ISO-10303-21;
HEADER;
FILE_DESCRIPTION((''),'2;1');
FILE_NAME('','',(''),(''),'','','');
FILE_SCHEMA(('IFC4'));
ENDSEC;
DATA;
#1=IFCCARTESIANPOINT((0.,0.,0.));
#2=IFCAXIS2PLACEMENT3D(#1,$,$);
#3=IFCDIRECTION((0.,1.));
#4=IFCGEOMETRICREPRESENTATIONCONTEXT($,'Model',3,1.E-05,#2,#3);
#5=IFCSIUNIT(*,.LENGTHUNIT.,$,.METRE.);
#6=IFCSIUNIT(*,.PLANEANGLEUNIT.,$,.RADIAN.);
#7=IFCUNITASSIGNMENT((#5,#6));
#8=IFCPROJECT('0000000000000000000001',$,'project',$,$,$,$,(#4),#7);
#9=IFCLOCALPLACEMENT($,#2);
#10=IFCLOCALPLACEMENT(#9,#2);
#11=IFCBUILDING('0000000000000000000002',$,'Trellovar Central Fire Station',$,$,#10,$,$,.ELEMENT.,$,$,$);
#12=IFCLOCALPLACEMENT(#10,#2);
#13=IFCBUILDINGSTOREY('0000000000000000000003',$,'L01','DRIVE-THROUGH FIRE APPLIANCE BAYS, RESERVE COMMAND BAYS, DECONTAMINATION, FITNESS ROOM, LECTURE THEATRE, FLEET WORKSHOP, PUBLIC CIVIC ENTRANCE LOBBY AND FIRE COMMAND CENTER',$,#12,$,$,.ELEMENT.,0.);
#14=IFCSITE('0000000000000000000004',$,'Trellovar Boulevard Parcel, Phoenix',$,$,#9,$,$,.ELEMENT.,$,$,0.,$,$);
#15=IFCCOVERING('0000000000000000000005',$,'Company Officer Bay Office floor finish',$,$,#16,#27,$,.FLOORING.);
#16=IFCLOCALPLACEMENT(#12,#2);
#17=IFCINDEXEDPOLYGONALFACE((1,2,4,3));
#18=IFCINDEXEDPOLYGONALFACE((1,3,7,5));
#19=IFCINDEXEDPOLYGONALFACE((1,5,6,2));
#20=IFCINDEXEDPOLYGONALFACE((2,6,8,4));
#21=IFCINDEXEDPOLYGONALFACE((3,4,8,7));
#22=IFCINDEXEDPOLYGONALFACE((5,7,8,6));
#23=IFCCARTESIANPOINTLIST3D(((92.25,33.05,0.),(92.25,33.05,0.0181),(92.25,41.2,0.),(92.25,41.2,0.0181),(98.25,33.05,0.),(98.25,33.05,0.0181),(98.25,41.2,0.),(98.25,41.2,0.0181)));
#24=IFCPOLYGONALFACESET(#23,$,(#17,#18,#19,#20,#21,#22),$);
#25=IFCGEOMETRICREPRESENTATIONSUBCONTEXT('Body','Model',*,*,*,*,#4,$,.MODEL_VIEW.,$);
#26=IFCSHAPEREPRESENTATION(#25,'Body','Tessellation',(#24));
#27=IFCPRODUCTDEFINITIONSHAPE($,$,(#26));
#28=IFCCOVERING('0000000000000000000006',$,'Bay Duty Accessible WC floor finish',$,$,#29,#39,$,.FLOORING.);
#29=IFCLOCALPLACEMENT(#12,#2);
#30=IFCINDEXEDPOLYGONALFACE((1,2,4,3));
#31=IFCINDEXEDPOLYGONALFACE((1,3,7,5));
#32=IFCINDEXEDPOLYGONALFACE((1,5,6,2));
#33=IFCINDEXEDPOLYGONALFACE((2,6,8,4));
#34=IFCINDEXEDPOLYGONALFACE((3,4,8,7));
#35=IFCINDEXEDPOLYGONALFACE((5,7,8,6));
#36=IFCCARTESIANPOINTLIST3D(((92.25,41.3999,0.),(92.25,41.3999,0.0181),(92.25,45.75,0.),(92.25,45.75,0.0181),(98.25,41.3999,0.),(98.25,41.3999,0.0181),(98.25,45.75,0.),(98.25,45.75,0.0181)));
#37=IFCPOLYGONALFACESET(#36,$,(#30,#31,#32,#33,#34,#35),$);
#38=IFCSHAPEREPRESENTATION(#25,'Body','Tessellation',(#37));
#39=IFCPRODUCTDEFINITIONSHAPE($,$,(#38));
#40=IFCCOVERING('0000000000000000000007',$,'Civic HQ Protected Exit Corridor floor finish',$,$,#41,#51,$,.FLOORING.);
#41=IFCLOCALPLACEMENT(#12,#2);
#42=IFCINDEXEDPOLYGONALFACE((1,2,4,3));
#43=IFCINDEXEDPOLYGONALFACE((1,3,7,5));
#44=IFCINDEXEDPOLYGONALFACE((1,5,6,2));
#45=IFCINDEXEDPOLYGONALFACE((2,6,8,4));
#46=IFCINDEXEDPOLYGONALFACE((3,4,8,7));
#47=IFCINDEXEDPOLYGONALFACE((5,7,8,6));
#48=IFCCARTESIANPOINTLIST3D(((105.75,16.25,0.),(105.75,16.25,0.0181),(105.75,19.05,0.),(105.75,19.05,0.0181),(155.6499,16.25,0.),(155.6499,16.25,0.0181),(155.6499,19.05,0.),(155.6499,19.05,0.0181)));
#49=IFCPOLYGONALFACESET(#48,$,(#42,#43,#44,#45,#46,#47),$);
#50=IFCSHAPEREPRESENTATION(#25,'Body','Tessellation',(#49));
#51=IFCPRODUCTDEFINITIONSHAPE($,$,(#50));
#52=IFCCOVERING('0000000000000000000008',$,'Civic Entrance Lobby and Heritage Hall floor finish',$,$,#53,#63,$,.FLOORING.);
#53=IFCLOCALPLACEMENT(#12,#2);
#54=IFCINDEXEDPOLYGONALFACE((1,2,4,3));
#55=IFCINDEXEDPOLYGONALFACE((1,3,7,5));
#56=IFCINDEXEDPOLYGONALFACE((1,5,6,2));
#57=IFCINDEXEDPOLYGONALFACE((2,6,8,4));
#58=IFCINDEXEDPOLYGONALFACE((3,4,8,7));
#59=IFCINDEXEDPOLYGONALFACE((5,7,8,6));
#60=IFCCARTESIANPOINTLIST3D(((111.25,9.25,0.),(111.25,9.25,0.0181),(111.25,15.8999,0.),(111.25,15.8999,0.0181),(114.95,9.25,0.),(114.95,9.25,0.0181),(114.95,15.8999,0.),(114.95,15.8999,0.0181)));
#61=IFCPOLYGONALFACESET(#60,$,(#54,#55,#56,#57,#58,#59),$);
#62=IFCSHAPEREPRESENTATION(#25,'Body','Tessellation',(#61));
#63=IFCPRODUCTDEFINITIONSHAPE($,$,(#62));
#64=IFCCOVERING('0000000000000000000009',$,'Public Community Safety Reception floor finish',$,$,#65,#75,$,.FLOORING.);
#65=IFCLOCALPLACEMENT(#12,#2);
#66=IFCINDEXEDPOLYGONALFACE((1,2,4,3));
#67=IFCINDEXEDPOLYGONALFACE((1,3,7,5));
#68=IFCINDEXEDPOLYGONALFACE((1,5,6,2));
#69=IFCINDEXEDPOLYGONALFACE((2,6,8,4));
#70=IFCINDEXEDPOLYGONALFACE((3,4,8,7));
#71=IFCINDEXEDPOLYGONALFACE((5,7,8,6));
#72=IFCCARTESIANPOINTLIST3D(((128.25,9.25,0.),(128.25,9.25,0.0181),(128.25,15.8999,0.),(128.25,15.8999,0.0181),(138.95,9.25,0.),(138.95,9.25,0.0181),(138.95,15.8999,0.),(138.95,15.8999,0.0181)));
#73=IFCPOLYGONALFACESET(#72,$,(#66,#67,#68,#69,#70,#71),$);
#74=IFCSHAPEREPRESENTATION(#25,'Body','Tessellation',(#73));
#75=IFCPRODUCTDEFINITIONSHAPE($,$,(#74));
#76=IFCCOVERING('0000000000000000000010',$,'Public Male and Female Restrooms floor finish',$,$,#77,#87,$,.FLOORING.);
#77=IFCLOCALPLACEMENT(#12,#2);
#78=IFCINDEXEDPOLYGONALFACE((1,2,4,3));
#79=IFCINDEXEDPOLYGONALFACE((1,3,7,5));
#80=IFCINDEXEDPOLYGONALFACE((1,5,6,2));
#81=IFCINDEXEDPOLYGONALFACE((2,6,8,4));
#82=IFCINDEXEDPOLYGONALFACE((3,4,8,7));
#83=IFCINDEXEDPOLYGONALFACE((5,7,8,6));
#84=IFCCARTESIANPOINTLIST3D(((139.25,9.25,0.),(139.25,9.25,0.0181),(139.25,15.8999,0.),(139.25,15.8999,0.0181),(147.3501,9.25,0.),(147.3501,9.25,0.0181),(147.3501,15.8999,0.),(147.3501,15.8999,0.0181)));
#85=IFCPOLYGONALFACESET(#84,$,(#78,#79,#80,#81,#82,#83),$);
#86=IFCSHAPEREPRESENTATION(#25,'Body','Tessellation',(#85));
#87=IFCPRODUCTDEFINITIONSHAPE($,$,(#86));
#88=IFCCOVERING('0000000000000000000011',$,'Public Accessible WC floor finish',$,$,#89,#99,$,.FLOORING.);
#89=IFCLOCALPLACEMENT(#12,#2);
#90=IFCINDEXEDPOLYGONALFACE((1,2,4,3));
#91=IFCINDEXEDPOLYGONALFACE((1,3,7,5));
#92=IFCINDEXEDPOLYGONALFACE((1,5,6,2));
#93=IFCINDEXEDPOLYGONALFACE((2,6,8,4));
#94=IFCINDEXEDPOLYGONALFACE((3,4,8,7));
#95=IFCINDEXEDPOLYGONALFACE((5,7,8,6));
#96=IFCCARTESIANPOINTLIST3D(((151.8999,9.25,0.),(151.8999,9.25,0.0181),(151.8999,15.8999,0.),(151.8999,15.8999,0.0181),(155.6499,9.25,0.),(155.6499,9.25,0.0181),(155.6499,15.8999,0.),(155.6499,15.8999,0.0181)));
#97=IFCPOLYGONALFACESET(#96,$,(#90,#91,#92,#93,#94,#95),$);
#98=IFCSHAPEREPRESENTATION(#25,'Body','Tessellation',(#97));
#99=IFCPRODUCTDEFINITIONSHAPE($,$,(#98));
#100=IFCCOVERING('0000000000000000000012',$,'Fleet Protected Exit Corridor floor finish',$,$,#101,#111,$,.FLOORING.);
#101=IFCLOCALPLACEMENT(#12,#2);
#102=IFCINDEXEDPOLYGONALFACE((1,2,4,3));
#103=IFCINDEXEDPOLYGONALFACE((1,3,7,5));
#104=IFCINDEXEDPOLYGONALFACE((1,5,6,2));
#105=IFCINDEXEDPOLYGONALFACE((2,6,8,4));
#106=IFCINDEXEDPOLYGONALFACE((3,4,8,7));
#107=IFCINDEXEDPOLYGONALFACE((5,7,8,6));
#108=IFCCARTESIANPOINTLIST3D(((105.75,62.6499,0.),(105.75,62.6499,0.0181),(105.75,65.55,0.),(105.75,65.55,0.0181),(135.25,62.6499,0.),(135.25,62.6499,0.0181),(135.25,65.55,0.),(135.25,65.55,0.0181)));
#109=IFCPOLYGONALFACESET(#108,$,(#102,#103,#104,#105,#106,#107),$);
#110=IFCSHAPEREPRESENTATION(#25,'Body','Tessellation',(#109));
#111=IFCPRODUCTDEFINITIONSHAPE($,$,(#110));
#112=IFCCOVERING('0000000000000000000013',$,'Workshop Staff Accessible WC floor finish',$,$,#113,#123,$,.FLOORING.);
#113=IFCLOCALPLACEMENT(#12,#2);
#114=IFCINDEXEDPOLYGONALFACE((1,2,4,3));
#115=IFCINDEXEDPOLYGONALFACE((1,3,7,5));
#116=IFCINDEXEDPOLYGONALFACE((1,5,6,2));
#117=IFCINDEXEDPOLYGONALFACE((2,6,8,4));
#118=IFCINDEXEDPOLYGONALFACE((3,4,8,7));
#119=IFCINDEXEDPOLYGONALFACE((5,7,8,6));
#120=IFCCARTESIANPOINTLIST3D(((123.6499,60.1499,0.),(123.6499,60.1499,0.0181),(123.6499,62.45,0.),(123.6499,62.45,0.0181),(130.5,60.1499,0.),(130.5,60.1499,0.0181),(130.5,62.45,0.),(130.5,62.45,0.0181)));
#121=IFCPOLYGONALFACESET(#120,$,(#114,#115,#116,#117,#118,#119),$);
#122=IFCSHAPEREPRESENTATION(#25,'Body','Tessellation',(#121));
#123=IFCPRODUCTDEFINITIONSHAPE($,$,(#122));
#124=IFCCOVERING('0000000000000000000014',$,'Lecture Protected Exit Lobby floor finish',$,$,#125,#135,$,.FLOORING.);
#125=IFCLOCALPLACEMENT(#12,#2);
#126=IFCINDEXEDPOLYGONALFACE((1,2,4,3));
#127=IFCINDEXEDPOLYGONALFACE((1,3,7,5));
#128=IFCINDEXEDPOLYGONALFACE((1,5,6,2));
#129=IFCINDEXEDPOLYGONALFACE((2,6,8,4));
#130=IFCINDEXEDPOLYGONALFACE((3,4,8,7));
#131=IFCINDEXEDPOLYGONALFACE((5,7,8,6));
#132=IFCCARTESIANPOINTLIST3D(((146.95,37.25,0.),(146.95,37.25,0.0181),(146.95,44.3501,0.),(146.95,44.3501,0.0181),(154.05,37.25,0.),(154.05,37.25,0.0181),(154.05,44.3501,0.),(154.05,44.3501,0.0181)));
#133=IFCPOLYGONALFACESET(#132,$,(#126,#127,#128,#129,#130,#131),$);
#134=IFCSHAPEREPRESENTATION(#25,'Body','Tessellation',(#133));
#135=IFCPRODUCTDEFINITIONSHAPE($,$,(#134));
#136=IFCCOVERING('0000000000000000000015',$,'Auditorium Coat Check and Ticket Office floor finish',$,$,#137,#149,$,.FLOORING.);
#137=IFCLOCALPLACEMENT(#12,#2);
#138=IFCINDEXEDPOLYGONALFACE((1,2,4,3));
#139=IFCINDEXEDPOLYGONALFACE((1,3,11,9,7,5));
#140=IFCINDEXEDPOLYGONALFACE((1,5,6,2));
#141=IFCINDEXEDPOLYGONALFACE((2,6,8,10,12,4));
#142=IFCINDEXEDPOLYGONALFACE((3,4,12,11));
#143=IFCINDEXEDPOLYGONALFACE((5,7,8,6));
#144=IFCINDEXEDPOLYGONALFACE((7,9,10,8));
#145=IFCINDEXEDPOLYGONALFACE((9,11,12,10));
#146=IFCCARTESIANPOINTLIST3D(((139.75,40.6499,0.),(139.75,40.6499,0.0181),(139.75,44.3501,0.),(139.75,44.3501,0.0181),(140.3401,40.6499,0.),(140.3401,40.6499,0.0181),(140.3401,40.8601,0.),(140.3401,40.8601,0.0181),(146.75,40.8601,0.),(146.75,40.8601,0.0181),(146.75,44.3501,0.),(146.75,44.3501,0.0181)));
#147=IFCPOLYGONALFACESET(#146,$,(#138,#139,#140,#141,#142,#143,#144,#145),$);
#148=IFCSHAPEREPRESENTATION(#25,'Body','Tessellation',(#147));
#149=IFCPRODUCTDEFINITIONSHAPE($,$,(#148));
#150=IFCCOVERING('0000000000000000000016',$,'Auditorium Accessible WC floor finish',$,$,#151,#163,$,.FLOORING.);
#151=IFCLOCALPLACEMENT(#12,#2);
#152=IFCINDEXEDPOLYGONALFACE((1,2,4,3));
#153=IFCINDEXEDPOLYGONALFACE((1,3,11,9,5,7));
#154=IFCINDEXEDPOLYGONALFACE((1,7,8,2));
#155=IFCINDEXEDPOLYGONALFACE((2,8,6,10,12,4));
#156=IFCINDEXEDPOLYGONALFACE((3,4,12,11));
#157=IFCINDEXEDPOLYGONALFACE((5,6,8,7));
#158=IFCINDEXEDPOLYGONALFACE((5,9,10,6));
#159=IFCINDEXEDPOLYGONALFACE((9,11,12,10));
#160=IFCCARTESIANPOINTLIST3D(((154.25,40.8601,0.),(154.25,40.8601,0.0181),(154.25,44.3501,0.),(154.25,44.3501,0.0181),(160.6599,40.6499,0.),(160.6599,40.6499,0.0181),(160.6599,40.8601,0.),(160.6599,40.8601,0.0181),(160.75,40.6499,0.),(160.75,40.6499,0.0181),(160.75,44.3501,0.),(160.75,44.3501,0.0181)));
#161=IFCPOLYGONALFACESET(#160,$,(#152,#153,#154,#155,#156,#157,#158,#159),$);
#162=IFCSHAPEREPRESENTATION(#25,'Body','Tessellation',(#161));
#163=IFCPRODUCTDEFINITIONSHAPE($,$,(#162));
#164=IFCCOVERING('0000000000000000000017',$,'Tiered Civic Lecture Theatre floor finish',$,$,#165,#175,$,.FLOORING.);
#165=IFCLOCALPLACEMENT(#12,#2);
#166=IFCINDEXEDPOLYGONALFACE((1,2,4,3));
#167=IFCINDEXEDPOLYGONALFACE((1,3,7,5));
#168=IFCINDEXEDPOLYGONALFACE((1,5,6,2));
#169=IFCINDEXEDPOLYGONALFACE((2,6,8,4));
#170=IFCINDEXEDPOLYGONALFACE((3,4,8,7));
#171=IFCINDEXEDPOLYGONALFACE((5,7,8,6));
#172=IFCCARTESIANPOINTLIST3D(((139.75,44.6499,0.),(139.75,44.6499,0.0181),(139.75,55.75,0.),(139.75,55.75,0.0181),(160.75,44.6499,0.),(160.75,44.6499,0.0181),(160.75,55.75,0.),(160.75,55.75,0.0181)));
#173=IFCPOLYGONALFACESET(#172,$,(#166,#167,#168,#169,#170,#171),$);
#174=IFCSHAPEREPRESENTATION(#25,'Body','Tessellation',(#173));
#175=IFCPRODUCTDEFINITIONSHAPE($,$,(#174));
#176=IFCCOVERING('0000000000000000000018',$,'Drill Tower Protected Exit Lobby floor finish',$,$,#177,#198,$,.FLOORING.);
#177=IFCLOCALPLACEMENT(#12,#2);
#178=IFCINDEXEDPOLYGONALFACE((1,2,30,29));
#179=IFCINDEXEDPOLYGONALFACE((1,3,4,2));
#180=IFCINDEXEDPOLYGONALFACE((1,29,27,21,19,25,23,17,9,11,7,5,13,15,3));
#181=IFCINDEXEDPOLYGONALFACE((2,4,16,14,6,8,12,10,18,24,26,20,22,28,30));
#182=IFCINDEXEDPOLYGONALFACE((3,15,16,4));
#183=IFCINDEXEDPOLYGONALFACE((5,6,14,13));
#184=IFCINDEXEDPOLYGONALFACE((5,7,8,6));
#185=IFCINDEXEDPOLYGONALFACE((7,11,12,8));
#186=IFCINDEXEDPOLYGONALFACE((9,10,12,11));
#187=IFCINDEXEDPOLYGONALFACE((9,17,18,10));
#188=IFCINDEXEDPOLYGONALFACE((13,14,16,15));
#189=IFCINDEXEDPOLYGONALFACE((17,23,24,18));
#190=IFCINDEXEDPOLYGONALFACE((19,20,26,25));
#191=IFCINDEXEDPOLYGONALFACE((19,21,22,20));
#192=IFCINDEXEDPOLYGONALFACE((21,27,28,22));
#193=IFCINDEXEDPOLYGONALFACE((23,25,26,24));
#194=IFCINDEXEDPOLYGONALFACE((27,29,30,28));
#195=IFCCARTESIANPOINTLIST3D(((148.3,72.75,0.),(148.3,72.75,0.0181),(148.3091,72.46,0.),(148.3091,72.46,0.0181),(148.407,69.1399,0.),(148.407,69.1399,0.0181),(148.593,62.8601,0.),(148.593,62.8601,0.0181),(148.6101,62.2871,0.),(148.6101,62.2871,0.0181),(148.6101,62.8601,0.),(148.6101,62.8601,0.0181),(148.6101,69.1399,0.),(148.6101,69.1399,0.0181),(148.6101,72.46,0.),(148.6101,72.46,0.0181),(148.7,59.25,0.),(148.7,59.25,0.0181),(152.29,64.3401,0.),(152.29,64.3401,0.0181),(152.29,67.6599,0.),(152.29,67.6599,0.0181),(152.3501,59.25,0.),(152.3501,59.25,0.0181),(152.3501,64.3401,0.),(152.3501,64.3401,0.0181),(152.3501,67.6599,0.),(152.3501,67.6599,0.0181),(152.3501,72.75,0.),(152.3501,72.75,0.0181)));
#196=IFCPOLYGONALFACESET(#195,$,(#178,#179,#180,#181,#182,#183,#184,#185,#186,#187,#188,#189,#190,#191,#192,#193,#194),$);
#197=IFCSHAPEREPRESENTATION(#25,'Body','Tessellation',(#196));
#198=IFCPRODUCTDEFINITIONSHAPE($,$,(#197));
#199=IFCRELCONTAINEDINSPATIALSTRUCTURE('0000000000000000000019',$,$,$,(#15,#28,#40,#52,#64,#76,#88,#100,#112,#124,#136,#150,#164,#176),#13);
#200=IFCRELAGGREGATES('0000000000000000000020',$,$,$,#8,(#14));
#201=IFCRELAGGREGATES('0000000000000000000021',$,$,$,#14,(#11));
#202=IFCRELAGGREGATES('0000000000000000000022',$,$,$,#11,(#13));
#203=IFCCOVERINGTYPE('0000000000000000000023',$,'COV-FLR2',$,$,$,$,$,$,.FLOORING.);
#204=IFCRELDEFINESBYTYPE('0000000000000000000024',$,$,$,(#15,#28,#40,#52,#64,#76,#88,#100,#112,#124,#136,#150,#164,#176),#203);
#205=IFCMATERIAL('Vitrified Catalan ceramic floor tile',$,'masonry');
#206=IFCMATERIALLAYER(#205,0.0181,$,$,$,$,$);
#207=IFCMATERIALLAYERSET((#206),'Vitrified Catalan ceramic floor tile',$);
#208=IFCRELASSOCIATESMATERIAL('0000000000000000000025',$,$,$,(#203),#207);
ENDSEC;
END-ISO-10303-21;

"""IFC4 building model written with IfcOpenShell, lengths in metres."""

from ifc_helpers import new_model, si_unit, direction, origin, place, context, subcontext, project, spatial, polyline, outline, extrude, material, layer, layer_set, type_object, element, save


model = new_model("IFC4")

# Units and contexts
model_context = context("Model", 3, precision=1e-05, world=origin(), true_north=direction((0.0, 1.0)))
body_context = subcontext(model_context, "Body", "Model", "MODEL_VIEW")
ifc_project = project(units=[si_unit("LENGTHUNIT", "METRE"), si_unit("PLANEANGLEUNIT", "RADIAN")], contexts=[model_context])

# Site, building, storey
site_placement = place(None, origin())
site = spatial("IfcSite", under=ifc_project, at=site_placement, Name="Trellovar Boulevard Parcel, Phoenix", CompositionType="ELEMENT", RefElevation=0.0)
building_placement = place(site_placement, origin())
building = spatial("IfcBuilding", under=site, at=building_placement, Name="Trellovar Central Fire Station", CompositionType="ELEMENT")
storey_placement = place(building_placement, origin())
storey = spatial("IfcBuildingStorey", under=building, at=storey_placement, Name="L01", Description="DRIVE-THROUGH FIRE APPLIANCE BAYS, RESERVE COMMAND BAYS, DECONTAMINATION, FITNESS ROOM, LECTURE THEATRE, FLEET WORKSHOP, PUBLIC CIVIC ENTRANCE LOBBY AND FIRE COMMAND CENTER", CompositionType="ELEMENT", Elevation=0.0)

# Coverings
ifc_material_1 = material(Name="Vitrified Catalan ceramic floor tile", Category="masonry")
ifc_layer_1 = layer(ifc_material_1, 0.0181)
ifc_layer_set_1 = layer_set([ifc_layer_1], Name="Vitrified Catalan ceramic floor tile")
covering_type_1 = type_object("IfcCoveringType", Name="COV-FLR2", PredefinedType="FLOORING", material=ifc_layer_set_1)
covering_1_placement = place(storey_placement, origin())
element("IfcCovering", 1, at=covering_1_placement, inside=storey, type_object=covering_type_1, Name="Company Officer Bay Office floor finish", PredefinedType="FLOORING", context=body_context, shape_type="SweptSolid", body=[
    extrude(outline(polyline([(98.25, 33.05), (92.25, 33.05), (92.25, 41.2), (98.25, 41.2), (98.25, 33.05)])), origin(), (0.0, 0.0, 1.0), 0.0181),
])
covering_2_placement = place(storey_placement, origin())
element("IfcCovering", 2, at=covering_2_placement, inside=storey, type_object=covering_type_1, Name="Bay Duty Accessible WC floor finish", PredefinedType="FLOORING", context=body_context, shape_type="SweptSolid", body=[
    extrude(outline(polyline([(98.25, 41.3999), (92.25, 41.3999), (92.25, 45.75), (98.25, 45.75), (98.25, 41.3999)])), origin(), (0.0, 0.0, 1.0), 0.0181),
])
covering_3_placement = place(storey_placement, origin())
element("IfcCovering", 3, at=covering_3_placement, inside=storey, type_object=covering_type_1, Name="Civic HQ Protected Exit Corridor floor finish", PredefinedType="FLOORING", context=body_context, shape_type="SweptSolid", body=[
    extrude(outline(polyline([(155.6499, 16.25), (105.75, 16.25), (105.75, 19.05), (155.6499, 19.05), (155.6499, 16.25)])), origin(), (0.0, 0.0, 1.0), 0.0181),
])
covering_4_placement = place(storey_placement, origin())
element("IfcCovering", 4, at=covering_4_placement, inside=storey, type_object=covering_type_1, Name="Civic Entrance Lobby and Heritage Hall floor finish", PredefinedType="FLOORING", context=body_context, shape_type="SweptSolid", body=[
    extrude(outline(polyline([(114.95, 9.25), (111.25, 9.25), (111.25, 15.8999), (114.95, 15.8999), (114.95, 9.25)])), origin(), (0.0, 0.0, 1.0), 0.0181),
])
covering_5_placement = place(storey_placement, origin())
element("IfcCovering", 5, at=covering_5_placement, inside=storey, type_object=covering_type_1, Name="Public Community Safety Reception floor finish", PredefinedType="FLOORING", context=body_context, shape_type="SweptSolid", body=[
    extrude(outline(polyline([(138.95, 9.25), (128.25, 9.25), (128.25, 15.8999), (138.95, 15.8999), (138.95, 9.25)])), origin(), (0.0, 0.0, 1.0), 0.0181),
])
covering_6_placement = place(storey_placement, origin())
element("IfcCovering", 6, at=covering_6_placement, inside=storey, type_object=covering_type_1, Name="Public Male and Female Restrooms floor finish", PredefinedType="FLOORING", context=body_context, shape_type="SweptSolid", body=[
    extrude(outline(polyline([(147.3501, 9.25), (139.25, 9.25), (139.25, 15.8999), (147.3501, 15.8999), (147.3501, 9.25)])), origin(), (0.0, 0.0, 1.0), 0.0181),
])
covering_7_placement = place(storey_placement, origin())
element("IfcCovering", 7, at=covering_7_placement, inside=storey, type_object=covering_type_1, Name="Public Accessible WC floor finish", PredefinedType="FLOORING", context=body_context, shape_type="SweptSolid", body=[
    extrude(outline(polyline([(155.6499, 9.25), (151.8999, 9.25), (151.8999, 15.8999), (155.6499, 15.8999), (155.6499, 9.25)])), origin(), (0.0, 0.0, 1.0), 0.0181),
])
covering_8_placement = place(storey_placement, origin())
element("IfcCovering", 8, at=covering_8_placement, inside=storey, type_object=covering_type_1, Name="Fleet Protected Exit Corridor floor finish", PredefinedType="FLOORING", context=body_context, shape_type="SweptSolid", body=[
    extrude(outline(polyline([(135.25, 62.6499), (105.75, 62.6499), (105.75, 65.55), (135.25, 65.55), (135.25, 62.6499)])), origin(), (0.0, 0.0, 1.0), 0.0181),
])
covering_9_placement = place(storey_placement, origin())
element("IfcCovering", 9, at=covering_9_placement, inside=storey, type_object=covering_type_1, Name="Workshop Staff Accessible WC floor finish", PredefinedType="FLOORING", context=body_context, shape_type="SweptSolid", body=[
    extrude(outline(polyline([(130.5, 60.1499), (123.6499, 60.1499), (123.6499, 62.45), (130.5, 62.45), (130.5, 60.1499)])), origin(), (0.0, 0.0, 1.0), 0.0181),
])
covering_10_placement = place(storey_placement, origin())
element("IfcCovering", 10, at=covering_10_placement, inside=storey, type_object=covering_type_1, Name="Lecture Protected Exit Lobby floor finish", PredefinedType="FLOORING", context=body_context, shape_type="SweptSolid", body=[
    extrude(outline(polyline([(154.05, 37.25), (146.95, 37.25), (146.95, 44.3501), (154.05, 44.3501), (154.05, 37.25)])), origin(), (0.0, 0.0, 1.0), 0.0181),
])
covering_11_placement = place(storey_placement, origin())
element("IfcCovering", 11, at=covering_11_placement, inside=storey, type_object=covering_type_1, Name="Auditorium Coat Check and Ticket Office floor finish", PredefinedType="FLOORING", context=body_context, shape_type="SweptSolid", body=[
    extrude(outline(polyline([(139.75, 44.3501), (146.75, 44.3501), (146.75, 40.8601), (140.3401, 40.8601), (140.3401, 40.6499), (139.75, 40.6499), (139.75, 44.3501)])), origin(), (0.0, 0.0, 1.0), 0.0181),
])
covering_12_placement = place(storey_placement, origin())
element("IfcCovering", 12, at=covering_12_placement, inside=storey, type_object=covering_type_1, Name="Auditorium Accessible WC floor finish", PredefinedType="FLOORING", context=body_context, shape_type="SweptSolid", body=[
    extrude(outline(polyline([(154.25, 44.3501), (160.75, 44.3501), (160.75, 40.6499), (160.6599, 40.6499), (160.6599, 40.8601), (154.25, 40.8601), (154.25, 44.3501)])), origin(), (0.0, 0.0, 1.0), 0.0181),
])
covering_13_placement = place(storey_placement, origin())
element("IfcCovering", 13, at=covering_13_placement, inside=storey, type_object=covering_type_1, Name="Tiered Civic Lecture Theatre floor finish", PredefinedType="FLOORING", context=body_context, shape_type="SweptSolid", body=[
    extrude(outline(polyline([(160.75, 44.6499), (139.75, 44.6499), (139.75, 55.75), (160.75, 55.75), (160.75, 44.6499)])), origin(), (0.0, 0.0, 1.0), 0.0181),
])
covering_14_placement = place(storey_placement, origin())
element("IfcCovering", 14, at=covering_14_placement, inside=storey, type_object=covering_type_1, Name="Drill Tower Protected Exit Lobby floor finish", PredefinedType="FLOORING", context=body_context, shape_type="SweptSolid", body=[
    extrude(outline(polyline([(148.7, 59.25), (148.6101, 62.2871), (148.6101, 62.8601), (148.593, 62.8601), (148.407, 69.1399), (148.6101, 69.1399), (148.6101, 72.46), (148.3091, 72.46), (148.3, 72.75), (152.3501, 72.75), (152.3501, 67.6599), (152.29, 67.6599), (152.29, 64.3401), (152.3501, 64.3401), (152.3501, 59.25), (148.7, 59.25)])), origin(), (0.0, 0.0, 1.0), 0.0181),
])

save(model, "model.ifc")
